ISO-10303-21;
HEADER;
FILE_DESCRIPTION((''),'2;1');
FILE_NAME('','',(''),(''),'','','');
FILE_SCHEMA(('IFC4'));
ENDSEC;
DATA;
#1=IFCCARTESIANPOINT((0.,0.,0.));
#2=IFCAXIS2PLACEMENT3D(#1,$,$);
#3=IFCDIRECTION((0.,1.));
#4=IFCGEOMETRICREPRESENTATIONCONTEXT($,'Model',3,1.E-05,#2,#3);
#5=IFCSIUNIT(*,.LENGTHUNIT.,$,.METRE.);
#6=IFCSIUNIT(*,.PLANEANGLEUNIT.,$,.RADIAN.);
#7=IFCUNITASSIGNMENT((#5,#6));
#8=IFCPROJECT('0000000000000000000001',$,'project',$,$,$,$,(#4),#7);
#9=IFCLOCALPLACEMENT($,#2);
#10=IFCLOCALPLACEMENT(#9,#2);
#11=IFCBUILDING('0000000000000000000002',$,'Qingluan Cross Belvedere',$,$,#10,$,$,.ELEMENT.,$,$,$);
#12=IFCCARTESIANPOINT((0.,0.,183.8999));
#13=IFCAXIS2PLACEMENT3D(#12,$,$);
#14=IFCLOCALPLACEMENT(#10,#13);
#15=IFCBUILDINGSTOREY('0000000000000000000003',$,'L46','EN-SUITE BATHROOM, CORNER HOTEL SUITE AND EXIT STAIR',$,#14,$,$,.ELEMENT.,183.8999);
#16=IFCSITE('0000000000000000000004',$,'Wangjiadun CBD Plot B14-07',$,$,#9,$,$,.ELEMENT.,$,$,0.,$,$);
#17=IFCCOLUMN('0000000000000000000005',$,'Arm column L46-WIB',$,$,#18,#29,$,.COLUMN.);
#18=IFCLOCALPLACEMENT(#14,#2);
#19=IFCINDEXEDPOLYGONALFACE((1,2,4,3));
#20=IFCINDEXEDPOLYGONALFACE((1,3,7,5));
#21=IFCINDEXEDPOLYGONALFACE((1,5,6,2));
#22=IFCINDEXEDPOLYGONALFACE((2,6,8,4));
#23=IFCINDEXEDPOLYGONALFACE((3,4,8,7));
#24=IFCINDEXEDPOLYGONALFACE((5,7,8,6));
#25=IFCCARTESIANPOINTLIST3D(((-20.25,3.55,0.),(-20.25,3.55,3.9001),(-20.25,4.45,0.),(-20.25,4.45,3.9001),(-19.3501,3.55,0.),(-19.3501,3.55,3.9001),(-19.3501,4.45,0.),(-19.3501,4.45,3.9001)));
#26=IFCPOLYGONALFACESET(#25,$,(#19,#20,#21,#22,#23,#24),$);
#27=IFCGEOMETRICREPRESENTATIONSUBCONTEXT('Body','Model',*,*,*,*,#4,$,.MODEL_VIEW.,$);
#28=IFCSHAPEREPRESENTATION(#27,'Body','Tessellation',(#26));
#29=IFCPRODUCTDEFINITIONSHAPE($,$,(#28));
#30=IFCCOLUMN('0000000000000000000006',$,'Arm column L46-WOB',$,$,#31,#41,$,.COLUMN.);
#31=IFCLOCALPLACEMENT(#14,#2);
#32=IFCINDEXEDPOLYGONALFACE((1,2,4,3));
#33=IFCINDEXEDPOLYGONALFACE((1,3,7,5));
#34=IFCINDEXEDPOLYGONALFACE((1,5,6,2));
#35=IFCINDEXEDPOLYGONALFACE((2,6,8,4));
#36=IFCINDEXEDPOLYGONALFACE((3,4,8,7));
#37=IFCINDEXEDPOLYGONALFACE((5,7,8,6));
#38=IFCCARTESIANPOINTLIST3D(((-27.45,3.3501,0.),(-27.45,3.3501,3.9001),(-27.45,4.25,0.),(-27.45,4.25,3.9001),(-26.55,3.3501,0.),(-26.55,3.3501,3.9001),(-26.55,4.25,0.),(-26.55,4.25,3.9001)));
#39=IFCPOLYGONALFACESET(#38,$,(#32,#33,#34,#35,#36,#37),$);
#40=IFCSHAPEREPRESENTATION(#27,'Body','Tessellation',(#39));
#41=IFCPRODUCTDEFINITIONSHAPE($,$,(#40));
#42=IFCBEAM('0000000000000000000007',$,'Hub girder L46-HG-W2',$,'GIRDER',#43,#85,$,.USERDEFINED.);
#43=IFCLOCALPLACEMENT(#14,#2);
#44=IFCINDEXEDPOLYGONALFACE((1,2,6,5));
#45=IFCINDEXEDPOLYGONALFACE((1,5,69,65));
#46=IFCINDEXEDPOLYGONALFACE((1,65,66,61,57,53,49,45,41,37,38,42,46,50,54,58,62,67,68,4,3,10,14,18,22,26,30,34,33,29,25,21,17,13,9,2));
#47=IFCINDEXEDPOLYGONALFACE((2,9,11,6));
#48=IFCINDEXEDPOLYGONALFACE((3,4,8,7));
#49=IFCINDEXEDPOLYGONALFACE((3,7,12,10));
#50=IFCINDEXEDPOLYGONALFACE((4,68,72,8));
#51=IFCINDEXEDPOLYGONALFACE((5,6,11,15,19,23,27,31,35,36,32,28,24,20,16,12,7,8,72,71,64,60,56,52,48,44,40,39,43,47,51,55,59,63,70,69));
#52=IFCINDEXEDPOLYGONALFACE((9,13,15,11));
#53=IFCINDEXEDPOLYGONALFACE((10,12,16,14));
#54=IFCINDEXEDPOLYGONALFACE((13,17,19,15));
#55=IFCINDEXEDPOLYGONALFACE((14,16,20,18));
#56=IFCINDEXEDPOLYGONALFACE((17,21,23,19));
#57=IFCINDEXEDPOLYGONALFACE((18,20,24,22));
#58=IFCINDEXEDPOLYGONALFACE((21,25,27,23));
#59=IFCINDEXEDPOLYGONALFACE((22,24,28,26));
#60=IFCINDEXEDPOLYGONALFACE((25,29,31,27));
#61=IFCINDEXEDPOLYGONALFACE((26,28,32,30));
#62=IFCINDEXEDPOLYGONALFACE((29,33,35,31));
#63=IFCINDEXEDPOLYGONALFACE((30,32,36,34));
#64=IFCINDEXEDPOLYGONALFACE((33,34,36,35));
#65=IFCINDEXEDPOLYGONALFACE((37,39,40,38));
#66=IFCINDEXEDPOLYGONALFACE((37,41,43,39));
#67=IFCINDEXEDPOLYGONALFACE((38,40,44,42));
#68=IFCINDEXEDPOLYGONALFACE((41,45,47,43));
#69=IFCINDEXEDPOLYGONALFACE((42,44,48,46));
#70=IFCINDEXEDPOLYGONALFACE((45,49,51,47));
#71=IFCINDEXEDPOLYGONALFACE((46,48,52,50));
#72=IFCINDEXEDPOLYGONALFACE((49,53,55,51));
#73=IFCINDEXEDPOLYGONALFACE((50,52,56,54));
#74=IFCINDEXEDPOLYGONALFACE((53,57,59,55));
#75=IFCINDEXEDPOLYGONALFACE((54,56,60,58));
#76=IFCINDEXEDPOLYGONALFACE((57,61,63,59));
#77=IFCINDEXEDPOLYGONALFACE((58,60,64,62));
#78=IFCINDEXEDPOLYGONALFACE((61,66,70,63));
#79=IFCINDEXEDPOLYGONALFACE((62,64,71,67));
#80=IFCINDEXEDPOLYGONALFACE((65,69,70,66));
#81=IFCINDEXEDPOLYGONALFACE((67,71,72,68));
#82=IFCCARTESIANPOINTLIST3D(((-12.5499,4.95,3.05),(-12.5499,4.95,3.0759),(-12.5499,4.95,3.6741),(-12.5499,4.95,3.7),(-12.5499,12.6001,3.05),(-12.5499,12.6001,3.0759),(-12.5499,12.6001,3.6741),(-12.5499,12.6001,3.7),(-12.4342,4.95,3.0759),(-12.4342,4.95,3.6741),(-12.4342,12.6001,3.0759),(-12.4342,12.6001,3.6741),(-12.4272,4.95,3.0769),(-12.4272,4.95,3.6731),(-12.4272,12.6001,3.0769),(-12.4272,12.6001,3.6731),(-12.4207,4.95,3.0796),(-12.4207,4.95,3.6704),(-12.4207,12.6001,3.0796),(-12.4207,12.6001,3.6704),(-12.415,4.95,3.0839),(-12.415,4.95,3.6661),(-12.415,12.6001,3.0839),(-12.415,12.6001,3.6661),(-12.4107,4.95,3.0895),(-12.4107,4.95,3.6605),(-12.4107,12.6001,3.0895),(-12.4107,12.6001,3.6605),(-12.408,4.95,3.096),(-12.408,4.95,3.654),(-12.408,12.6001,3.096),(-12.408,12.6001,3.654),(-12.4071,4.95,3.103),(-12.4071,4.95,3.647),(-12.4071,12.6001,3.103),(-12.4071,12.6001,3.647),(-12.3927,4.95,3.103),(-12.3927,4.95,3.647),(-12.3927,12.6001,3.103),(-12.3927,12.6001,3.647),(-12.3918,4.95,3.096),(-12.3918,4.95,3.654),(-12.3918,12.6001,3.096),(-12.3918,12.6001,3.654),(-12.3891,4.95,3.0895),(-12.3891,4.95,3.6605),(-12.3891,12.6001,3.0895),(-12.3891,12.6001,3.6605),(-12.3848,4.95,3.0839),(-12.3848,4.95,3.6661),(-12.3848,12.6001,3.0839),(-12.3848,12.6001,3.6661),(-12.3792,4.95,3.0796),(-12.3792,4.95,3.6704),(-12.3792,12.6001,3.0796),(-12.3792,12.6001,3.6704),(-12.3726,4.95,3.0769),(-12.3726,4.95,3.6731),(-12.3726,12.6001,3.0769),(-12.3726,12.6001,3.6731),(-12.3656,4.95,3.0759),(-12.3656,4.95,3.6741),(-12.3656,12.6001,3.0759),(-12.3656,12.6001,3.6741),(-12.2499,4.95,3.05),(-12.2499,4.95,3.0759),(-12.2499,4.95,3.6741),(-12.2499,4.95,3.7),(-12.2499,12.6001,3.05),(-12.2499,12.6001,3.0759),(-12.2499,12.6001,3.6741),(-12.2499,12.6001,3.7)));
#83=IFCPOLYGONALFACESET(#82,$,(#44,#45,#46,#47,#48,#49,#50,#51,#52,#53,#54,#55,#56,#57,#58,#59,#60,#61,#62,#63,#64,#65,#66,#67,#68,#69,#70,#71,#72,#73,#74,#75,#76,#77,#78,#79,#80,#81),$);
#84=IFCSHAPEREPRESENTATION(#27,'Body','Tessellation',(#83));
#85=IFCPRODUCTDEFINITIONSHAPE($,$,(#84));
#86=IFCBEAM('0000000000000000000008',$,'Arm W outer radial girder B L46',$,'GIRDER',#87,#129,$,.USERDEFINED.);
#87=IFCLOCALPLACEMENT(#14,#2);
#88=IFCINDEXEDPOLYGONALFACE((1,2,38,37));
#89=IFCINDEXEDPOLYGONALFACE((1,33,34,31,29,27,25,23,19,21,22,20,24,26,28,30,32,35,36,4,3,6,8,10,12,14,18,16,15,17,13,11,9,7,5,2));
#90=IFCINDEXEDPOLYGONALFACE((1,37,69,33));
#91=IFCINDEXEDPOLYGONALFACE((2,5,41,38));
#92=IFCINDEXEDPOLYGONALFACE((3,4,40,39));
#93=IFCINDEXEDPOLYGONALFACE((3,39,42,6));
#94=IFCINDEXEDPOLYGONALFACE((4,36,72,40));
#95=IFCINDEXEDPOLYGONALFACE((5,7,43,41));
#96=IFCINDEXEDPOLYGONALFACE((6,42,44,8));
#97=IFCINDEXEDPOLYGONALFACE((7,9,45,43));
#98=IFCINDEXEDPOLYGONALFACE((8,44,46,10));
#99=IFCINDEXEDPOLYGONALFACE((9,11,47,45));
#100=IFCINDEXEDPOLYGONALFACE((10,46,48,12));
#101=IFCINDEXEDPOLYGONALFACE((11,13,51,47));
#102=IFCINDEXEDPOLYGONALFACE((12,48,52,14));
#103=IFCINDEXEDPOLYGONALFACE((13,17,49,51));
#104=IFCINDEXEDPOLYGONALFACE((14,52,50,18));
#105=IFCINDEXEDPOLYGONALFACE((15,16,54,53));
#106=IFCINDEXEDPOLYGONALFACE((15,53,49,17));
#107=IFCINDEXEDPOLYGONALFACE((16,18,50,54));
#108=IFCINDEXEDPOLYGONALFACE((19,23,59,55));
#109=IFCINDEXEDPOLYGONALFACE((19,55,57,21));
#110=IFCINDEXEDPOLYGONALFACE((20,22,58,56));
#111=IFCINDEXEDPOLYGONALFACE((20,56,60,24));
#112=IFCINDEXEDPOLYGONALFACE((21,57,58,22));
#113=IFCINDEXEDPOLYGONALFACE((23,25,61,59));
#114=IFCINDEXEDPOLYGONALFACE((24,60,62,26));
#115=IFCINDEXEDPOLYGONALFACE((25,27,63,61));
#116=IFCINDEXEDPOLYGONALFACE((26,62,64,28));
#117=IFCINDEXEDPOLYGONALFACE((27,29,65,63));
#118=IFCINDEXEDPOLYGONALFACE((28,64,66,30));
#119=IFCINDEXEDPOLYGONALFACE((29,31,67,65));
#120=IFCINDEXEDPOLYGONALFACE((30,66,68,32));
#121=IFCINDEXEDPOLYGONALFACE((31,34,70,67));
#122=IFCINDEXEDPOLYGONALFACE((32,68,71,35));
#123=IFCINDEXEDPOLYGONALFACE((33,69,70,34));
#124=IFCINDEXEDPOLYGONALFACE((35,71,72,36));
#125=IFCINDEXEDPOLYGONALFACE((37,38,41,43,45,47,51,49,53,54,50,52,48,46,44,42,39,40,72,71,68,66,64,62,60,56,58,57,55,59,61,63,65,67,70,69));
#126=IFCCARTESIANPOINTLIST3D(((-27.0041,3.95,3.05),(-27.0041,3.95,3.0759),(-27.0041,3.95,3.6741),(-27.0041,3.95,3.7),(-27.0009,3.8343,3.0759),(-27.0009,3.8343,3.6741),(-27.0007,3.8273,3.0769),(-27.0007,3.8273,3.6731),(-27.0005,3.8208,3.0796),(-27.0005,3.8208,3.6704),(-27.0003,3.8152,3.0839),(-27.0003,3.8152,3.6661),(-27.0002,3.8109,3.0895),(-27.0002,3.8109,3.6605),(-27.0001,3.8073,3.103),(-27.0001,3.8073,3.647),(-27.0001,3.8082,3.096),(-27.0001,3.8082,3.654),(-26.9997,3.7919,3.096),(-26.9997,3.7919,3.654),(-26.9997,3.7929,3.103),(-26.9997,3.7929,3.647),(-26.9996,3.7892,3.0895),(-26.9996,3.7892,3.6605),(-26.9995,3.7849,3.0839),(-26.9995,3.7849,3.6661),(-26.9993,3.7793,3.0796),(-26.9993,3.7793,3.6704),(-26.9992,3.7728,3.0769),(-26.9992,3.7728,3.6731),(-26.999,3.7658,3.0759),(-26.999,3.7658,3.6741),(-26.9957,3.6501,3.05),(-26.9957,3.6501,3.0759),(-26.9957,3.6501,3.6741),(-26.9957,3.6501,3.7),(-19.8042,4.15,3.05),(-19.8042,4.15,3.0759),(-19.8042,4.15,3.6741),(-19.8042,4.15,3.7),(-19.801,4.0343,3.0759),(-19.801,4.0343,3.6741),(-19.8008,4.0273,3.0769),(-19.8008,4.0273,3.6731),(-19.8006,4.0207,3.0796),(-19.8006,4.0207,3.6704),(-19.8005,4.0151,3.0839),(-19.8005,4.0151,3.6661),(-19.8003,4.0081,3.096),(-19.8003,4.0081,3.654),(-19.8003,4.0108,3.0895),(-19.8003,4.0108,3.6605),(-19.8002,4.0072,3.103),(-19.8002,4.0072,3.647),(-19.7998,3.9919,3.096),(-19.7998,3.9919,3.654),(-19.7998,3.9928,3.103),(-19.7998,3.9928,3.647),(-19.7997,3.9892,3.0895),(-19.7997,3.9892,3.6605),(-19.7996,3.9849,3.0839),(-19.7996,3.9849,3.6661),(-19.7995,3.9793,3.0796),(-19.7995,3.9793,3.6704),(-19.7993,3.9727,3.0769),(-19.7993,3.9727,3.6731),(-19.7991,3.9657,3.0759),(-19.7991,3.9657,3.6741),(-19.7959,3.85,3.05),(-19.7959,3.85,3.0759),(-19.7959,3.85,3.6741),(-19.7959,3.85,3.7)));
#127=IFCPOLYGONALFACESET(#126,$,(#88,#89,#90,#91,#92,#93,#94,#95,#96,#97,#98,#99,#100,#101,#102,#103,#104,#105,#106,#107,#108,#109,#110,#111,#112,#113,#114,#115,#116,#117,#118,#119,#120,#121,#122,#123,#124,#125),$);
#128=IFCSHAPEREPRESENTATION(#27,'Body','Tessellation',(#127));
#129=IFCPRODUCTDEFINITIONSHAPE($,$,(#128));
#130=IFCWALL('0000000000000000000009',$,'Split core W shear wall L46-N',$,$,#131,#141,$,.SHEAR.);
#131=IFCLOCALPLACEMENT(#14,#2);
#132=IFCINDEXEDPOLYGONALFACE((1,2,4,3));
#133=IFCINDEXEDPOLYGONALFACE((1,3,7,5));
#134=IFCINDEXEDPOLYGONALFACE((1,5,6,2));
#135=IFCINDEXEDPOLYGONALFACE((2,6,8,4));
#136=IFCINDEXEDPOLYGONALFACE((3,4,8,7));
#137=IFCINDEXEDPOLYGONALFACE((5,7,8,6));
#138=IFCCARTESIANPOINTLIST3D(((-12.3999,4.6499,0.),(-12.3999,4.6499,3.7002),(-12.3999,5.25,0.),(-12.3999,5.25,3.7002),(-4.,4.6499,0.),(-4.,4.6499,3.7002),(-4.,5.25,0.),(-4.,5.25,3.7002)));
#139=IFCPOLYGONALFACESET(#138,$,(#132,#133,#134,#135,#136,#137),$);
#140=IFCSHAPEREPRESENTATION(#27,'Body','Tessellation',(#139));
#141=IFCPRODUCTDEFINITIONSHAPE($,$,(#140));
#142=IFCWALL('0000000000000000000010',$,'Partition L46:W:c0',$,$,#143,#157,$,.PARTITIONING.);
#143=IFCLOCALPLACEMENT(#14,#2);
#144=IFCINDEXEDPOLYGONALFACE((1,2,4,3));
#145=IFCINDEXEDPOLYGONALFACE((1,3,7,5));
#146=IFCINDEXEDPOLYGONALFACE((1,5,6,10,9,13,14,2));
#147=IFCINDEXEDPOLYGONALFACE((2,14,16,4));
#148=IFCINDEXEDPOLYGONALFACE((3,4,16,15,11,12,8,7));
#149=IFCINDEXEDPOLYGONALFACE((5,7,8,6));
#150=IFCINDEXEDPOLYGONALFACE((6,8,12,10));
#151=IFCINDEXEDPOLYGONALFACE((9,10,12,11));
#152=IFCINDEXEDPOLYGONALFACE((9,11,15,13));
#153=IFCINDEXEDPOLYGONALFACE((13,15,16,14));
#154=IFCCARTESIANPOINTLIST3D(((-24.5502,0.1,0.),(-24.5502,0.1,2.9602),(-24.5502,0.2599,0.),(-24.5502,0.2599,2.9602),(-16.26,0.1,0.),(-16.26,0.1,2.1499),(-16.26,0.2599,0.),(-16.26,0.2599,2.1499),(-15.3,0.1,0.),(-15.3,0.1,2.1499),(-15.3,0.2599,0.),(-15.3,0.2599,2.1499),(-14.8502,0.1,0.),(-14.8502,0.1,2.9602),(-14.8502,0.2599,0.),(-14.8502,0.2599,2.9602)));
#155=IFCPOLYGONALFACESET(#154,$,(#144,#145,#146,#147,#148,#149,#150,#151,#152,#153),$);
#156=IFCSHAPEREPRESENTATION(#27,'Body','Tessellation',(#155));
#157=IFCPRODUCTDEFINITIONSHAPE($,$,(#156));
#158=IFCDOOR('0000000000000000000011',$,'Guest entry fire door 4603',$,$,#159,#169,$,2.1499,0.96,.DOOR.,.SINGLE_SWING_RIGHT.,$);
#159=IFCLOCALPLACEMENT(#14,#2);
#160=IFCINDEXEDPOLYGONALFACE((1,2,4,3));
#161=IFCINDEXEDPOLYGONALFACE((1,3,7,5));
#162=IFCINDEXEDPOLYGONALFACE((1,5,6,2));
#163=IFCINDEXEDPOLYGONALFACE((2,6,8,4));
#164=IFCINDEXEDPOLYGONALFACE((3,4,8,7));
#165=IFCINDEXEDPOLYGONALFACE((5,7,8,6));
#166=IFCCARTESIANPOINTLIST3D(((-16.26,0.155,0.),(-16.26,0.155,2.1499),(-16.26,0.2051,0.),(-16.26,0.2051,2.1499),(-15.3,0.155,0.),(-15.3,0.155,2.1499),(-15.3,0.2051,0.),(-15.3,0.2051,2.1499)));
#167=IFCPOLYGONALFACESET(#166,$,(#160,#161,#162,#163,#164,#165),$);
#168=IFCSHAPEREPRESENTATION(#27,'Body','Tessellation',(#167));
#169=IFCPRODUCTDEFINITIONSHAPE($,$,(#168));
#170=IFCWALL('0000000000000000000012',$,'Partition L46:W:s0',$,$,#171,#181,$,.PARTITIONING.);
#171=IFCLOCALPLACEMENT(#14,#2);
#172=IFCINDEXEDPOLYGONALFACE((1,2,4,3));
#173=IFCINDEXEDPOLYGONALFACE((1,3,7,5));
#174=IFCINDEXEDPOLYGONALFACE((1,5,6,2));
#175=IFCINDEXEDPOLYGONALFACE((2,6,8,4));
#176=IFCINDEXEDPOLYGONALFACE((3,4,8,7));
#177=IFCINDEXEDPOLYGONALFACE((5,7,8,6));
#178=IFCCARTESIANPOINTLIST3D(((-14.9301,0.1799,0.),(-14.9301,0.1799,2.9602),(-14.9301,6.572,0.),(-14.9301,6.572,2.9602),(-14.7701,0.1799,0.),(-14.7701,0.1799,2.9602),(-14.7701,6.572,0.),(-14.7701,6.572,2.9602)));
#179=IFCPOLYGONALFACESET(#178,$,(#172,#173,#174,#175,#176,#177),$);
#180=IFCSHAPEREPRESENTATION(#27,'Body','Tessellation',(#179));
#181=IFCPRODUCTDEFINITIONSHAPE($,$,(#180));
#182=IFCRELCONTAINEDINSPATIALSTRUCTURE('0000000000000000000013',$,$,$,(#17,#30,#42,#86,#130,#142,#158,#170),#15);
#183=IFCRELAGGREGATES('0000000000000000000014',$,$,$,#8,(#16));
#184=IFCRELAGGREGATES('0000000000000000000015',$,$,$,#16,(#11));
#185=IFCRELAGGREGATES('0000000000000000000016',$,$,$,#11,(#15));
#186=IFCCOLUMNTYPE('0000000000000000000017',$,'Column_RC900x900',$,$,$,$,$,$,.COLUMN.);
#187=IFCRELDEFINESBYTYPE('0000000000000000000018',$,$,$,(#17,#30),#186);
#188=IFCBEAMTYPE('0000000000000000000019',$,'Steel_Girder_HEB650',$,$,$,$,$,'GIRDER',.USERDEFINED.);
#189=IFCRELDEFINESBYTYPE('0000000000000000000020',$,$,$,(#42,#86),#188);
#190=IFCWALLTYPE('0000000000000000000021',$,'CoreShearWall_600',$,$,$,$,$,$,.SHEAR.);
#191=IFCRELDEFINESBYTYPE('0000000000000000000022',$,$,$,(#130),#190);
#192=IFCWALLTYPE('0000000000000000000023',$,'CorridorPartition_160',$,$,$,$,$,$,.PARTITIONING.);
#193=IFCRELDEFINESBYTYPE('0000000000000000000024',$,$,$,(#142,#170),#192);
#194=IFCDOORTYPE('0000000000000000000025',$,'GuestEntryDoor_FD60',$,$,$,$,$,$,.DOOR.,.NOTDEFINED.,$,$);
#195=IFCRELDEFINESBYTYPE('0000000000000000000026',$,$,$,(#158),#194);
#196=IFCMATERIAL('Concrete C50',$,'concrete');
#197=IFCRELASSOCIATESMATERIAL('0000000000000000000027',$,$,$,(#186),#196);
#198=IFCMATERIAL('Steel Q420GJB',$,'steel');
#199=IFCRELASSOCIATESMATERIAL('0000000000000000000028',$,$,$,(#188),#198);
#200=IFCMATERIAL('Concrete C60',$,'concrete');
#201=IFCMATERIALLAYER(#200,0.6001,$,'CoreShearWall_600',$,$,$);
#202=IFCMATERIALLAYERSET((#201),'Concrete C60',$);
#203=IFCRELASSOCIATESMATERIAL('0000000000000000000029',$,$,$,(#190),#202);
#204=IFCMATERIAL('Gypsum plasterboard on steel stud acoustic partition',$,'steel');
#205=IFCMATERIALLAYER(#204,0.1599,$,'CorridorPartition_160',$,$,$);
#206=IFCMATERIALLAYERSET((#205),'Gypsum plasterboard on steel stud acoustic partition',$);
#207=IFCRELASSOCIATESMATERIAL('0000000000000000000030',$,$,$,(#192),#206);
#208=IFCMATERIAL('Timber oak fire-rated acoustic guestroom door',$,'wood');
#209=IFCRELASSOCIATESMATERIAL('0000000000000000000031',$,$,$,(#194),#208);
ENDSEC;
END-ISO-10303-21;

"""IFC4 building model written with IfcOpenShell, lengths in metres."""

from ifc_helpers import new_model, si_unit, direction, frame, frame_2d, origin, origin_2d, place, context, subcontext, project, spatial, rectangle, i_section, extrude, material, layer, layer_set, material_profile, profile_set, type_object, element, fill, save


model = new_model("IFC4")

# Units and contexts
model_context = context("Model", 3, precision=1e-05, world=origin(), true_north=direction((0.0, 1.0)))
body_context = subcontext(model_context, "Body", "Model", "MODEL_VIEW")
ifc_project = project(units=[si_unit("LENGTHUNIT", "METRE"), si_unit("PLANEANGLEUNIT", "RADIAN")], contexts=[model_context])

# Site, building, storey
site_placement = place(None, origin())
site = spatial("IfcSite", under=ifc_project, at=site_placement, Name="Wangjiadun CBD Plot B14-07", CompositionType="ELEMENT", RefElevation=0.0)
building_placement = place(site_placement, origin())
building = spatial("IfcBuilding", under=site, at=building_placement, Name="Qingluan Cross Belvedere", CompositionType="ELEMENT")
storey_placement = place(building_placement, frame((0.0, 0.0, 183.8999)))
storey = spatial("IfcBuildingStorey", under=building, at=storey_placement, Name="L46", Description="EN-SUITE BATHROOM, CORNER HOTEL SUITE AND EXIT STAIR", CompositionType="ELEMENT", Elevation=183.8999)

# Columns
ifc_material_1 = material(Name="Concrete C50", Category="concrete")
ifc_material_profile_1 = material_profile(ifc_material_1, rectangle(XDim=0.8999, YDim=0.8999, at=origin_2d()), Name="RC900x900")
ifc_profile_set_1 = profile_set([ifc_material_profile_1], Name="Concrete C50")
column_type = type_object("IfcColumnType", Name="Column_RC900x900", PredefinedType="COLUMN", material=ifc_profile_set_1)
for number, where, z_axis, x_axis, name in (
    (1, (-19.8, 4.0, 0.0), (0.0, 0.0, 1.0), (1.0, 0.0, 0.0), "Arm column L46-WIB"),
    (2, (-27.0, 3.8, 0.0), (0.0, 0.0, 1.0), (1.0, 0.0, 0.0), "Arm column L46-WOB"),
):
    element("IfcColumn", number, at=place(storey_placement, frame(where, z_axis=z_axis, x_axis=x_axis)), inside=storey, type_object=column_type, Name=name, PredefinedType="COLUMN", context=body_context, shape_type="SweptSolid", body=[
        extrude(rectangle(XDim=0.8999, YDim=0.8999, at=origin_2d()), origin(), (0.0, 0.0, 1.0), 3.9001),
    ])

# Beams
ifc_material_2 = material(Name="Steel Q420GJB", Category="steel")
ifc_material_profile_2 = material_profile(ifc_material_2, i_section(OverallWidth=0.3, OverallDepth=0.6499, WebThickness=0.0144, FlangeThickness=0.0259, FilletRadius=0.0271, at=origin_2d()), Name="HEB650")
ifc_profile_set_2 = profile_set([ifc_material_profile_2], Name="Steel Q420GJB")
beam_type = type_object("IfcBeamType", Name="Steel_Girder_HEB650", ElementType="GIRDER", PredefinedType="USERDEFINED", material=ifc_profile_set_2)
beam_1_placement = place(storey_placement, frame((-12.3999, 4.95, 3.375), z_axis=(0.0, 1.0, 0.0), x_axis=(-1.0, 0.0, 0.0)))
element("IfcBeam", 3, at=beam_1_placement, inside=storey, type_object=beam_type, Name="Hub girder L46-HG-W2", ObjectType="GIRDER", PredefinedType="USERDEFINED", context=body_context, shape_type="SweptSolid", body=[
    extrude(i_section(OverallWidth=0.3, OverallDepth=0.6499, WebThickness=0.0144, FlangeThickness=0.0259, FilletRadius=0.0271, at=origin_2d()), origin(), (0.0, 0.0, 1.0), 7.6501),
])
beam_2_placement = place(storey_placement, frame((-19.8, 4.0, 3.375), z_axis=(-0.999615, -0.02776, 0.0), x_axis=(0.02776, -0.999615, 0.0)))
element("IfcBeam", 4, at=beam_2_placement, inside=storey, type_object=beam_type, Name="Arm W outer radial girder B L46", ObjectType="GIRDER", PredefinedType="USERDEFINED", context=body_context, shape_type="SweptSolid", body=[
    extrude(i_section(OverallWidth=0.3, OverallDepth=0.6499, WebThickness=0.0144, FlangeThickness=0.0259, FilletRadius=0.0271, at=origin_2d()), origin(), (0.0, 0.0, 1.0), 7.2026),
])

# Wall
ifc_material_3 = material(Name="Concrete C60", Category="concrete")
ifc_layer_1 = layer(ifc_material_3, 0.6001, Name="CoreShearWall_600")
ifc_layer_set_1 = layer_set([ifc_layer_1], Name="Concrete C60")
wall_type_1 = type_object("IfcWallType", Name="CoreShearWall_600", PredefinedType="SHEAR", material=ifc_layer_set_1)
wall_1_placement = place(storey_placement, frame((-12.3999, 4.95, 0.0), z_axis=(0.0, 0.0, 1.0), x_axis=(1.0, 0.0, 0.0)))
element("IfcWall", 5, at=wall_1_placement, inside=storey, type_object=wall_type_1, Name="Split core W shear wall L46-N", PredefinedType="SHEAR", context=body_context, shape_type="SweptSolid", body=[
    extrude(rectangle(XDim=8.3999, YDim=0.6001, at=frame_2d((4.2, 0.0))), origin(), (0.0, 0.0, 1.0), 3.7002),
])

# Wall, opening, door
ifc_material_4 = material(Name="Gypsum plasterboard on steel stud acoustic partition", Category="steel")
ifc_layer_2 = layer(ifc_material_4, 0.1599, Name="CorridorPartition_160")
ifc_layer_set_2 = layer_set([ifc_layer_2], Name="Gypsum plasterboard on steel stud acoustic partition")
wall_type_2 = type_object("IfcWallType", Name="CorridorPartition_160", PredefinedType="PARTITIONING", material=ifc_layer_set_2)
wall_2_placement = place(storey_placement, frame((-14.8501, 0.1799, 0.0), z_axis=(0.0, 0.0, 1.0), x_axis=(-1.0, 0.0, 0.0)))
wall_2 = element("IfcWall", 6, at=wall_2_placement, inside=storey, type_object=wall_type_2, Name="Partition L46:W:c0", PredefinedType="PARTITIONING", context=body_context, shape_type="SweptSolid", body=[
    extrude(rectangle(XDim=9.7, YDim=0.1599, at=frame_2d((4.8501, 0.0))), origin(), (0.0, 0.0, 1.0), 2.9602),
])
opening_1_placement = place(wall_2_placement, frame((0.45, 0.0, 0.0)))
opening_1 = element("IfcOpeningElement", 7, at=opening_1_placement, cuts=wall_2, PredefinedType="OPENING", context=body_context, shape_type="SweptSolid", body=[
    extrude(rectangle(XDim=0.96, YDim=2.1499, at=frame_2d((0.48, 1.075))), frame((0.0, 0.0898, 0.0), z_axis=(0.0, -1.0, 0.0), x_axis=(1.0, 0.0, 0.0)), (0.0, 0.0, 1.0), 0.1799),
])
ifc_material_5 = material(Name="Timber oak fire-rated acoustic guestroom door", Category="wood")
door_type_1 = type_object("IfcDoorType", Name="GuestEntryDoor_FD60", OperationType="NOTDEFINED", PredefinedType="DOOR", material=ifc_material_5)
door_1_placement = place(opening_1_placement, origin())
door_1 = element("IfcDoor", 8, at=door_1_placement, inside=storey, type_object=door_type_1, Name="Guest entry fire door 4603", OperationType="SINGLE_SWING_RIGHT", OverallHeight=2.1499, OverallWidth=0.96, PredefinedType="DOOR", context=body_context, shape_type="SweptSolid", body=[
    extrude(rectangle(XDim=0.96, YDim=2.1499, at=frame_2d((0.48, 1.075))), frame((0.0, 0.0249, 0.0), z_axis=(0.0, -1.0, 0.0), x_axis=(1.0, 0.0, 0.0)), (0.0, 0.0, 1.0), 0.05),
])
fill(opening_1, door_1)

# Wall
wall_3_placement = place(storey_placement, frame((-14.8501, 0.1799, 0.0), z_axis=(0.0, 0.0, 1.0), x_axis=(0.0, 1.0, 0.0)))
element("IfcWall", 9, at=wall_3_placement, inside=storey, type_object=wall_type_2, Name="Partition L46:W:s0", PredefinedType="PARTITIONING", context=body_context, shape_type="SweptSolid", body=[
    extrude(rectangle(XDim=6.3921, YDim=0.1599, at=frame_2d((3.196, 0.0))), origin(), (0.0, 0.0, 1.0), 2.9602),
])

save(model, "model.ifc")
